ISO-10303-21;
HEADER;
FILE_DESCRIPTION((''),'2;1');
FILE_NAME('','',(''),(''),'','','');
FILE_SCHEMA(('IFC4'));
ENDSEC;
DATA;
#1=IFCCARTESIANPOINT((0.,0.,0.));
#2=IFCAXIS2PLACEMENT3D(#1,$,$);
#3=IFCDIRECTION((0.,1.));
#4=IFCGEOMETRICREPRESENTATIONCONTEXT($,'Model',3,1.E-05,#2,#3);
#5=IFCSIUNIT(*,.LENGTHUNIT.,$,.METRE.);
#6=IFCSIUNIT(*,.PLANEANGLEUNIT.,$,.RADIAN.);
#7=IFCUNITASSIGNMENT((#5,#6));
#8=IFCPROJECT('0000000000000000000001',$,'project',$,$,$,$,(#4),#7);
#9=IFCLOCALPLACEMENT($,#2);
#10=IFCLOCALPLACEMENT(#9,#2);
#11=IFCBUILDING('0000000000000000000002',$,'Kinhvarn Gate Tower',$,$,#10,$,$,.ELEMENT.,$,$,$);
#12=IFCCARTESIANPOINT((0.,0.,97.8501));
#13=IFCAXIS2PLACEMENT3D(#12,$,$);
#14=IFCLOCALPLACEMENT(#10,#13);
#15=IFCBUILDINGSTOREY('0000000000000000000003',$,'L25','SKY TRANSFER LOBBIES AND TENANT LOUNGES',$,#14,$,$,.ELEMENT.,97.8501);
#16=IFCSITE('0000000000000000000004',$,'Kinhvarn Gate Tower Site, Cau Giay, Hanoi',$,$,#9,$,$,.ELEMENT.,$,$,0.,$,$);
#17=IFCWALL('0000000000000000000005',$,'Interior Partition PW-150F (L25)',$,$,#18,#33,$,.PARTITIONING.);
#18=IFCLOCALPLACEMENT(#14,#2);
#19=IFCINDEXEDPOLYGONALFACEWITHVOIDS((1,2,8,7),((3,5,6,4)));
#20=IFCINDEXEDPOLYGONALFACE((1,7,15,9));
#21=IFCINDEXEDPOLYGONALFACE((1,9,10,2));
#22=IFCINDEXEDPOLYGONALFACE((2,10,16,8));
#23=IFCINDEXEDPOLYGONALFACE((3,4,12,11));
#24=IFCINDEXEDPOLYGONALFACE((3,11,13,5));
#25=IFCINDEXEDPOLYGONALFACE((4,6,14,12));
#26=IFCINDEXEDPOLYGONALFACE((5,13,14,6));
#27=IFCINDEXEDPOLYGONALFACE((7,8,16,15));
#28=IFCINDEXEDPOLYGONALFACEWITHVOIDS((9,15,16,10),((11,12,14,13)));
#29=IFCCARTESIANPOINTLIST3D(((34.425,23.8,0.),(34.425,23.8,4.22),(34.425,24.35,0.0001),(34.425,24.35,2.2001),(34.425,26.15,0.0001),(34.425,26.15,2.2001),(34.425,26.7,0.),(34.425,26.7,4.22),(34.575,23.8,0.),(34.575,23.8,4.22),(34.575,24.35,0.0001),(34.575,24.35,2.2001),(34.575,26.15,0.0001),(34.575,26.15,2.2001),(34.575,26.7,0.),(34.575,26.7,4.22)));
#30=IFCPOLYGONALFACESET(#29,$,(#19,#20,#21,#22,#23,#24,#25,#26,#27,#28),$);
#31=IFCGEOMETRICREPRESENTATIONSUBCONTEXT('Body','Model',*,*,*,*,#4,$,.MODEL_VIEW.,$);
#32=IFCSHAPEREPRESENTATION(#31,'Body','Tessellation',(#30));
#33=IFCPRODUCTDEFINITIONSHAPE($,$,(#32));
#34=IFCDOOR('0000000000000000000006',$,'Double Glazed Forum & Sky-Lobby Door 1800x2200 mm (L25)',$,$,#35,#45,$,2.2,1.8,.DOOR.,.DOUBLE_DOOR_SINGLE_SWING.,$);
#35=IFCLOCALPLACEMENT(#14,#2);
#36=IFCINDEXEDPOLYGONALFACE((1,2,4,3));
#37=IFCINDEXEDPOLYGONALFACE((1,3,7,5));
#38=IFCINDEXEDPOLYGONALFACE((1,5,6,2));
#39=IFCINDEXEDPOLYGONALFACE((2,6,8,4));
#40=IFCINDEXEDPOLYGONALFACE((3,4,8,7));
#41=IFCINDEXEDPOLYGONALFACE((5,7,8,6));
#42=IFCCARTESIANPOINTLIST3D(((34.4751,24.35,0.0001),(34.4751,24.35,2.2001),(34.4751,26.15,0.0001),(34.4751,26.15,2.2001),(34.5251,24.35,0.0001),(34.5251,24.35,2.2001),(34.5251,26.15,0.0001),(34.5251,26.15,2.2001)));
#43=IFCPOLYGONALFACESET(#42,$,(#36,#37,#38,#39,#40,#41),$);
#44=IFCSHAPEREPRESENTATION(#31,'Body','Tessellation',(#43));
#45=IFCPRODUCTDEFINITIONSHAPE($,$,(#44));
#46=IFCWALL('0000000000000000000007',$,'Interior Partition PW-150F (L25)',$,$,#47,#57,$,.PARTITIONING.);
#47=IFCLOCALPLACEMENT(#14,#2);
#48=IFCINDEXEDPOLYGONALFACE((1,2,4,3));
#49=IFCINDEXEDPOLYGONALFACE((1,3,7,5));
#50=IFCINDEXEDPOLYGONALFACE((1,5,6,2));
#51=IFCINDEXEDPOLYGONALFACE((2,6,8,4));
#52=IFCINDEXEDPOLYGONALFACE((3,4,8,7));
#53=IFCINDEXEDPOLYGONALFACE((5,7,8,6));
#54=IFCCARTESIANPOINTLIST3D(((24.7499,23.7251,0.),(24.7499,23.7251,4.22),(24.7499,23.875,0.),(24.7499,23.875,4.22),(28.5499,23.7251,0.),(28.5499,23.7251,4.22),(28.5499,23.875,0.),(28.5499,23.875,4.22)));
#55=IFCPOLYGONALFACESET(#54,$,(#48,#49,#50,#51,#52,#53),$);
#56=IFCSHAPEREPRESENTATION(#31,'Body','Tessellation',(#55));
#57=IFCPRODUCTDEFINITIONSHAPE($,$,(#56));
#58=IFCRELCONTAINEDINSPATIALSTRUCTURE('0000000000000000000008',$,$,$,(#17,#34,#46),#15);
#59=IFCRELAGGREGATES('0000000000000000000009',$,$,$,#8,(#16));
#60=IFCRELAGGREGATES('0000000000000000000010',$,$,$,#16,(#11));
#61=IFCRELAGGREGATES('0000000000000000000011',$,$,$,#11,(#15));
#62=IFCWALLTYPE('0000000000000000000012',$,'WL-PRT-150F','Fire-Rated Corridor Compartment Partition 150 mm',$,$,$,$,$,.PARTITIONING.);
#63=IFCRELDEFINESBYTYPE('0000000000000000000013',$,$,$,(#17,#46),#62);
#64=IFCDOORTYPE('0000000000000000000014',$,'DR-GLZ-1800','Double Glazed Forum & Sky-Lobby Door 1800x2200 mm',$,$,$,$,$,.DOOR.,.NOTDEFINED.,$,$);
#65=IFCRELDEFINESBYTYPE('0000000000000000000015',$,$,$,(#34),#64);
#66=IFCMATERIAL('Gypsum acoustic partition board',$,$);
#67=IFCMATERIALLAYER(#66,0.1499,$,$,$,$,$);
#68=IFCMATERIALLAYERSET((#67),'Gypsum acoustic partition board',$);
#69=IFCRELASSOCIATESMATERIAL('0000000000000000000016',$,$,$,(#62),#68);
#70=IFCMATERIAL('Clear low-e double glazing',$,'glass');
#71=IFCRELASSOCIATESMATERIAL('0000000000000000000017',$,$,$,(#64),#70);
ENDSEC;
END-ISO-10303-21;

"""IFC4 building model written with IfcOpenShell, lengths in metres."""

from ifc_helpers import new_model, si_unit, direction, frame, frame_2d, origin, place, context, subcontext, project, spatial, rectangle, extrude, material, layer, layer_set, type_object, element, fill, save


model = new_model("IFC4")

# Units and contexts
model_context = context("Model", 3, precision=1e-05, world=origin(), true_north=direction((0.0, 1.0)))
body_context = subcontext(model_context, "Body", "Model", "MODEL_VIEW")
ifc_project = project(units=[si_unit("LENGTHUNIT", "METRE"), si_unit("PLANEANGLEUNIT", "RADIAN")], contexts=[model_context])

# Site, building, storey
site_placement = place(None, origin())
site = spatial("IfcSite", under=ifc_project, at=site_placement, Name="Kinhvarn Gate Tower Site, Cau Giay, Hanoi", CompositionType="ELEMENT", RefElevation=0.0)
building_placement = place(site_placement, origin())
building = spatial("IfcBuilding", under=site, at=building_placement, Name="Kinhvarn Gate Tower", CompositionType="ELEMENT")
storey_placement = place(building_placement, frame((0.0, 0.0, 97.8501)))
storey = spatial("IfcBuildingStorey", under=building, at=storey_placement, Name="L25", Description="SKY TRANSFER LOBBIES AND TENANT LOUNGES", CompositionType="ELEMENT", Elevation=97.8501)

# Shared definitions
ifc_material_1 = material(Name="Gypsum acoustic partition board")

# Wall, opening, door
ifc_layer_1 = layer(ifc_material_1, 0.1499)
ifc_layer_set_1 = layer_set([ifc_layer_1], Name="Gypsum acoustic partition board")
wall_type_1 = type_object("IfcWallType", Name="WL-PRT-150F", Description="Fire-Rated Corridor Compartment Partition 150 mm", PredefinedType="PARTITIONING", material=ifc_layer_set_1)
wall_1_placement = place(storey_placement, frame((34.5, 23.8, 0.0), z_axis=(0.0, 0.0, 1.0), x_axis=(0.0, 1.0, 0.0)))
wall_1 = element("IfcWall", 1, at=wall_1_placement, inside=storey, type_object=wall_type_1, Name="Interior Partition PW-150F (L25)", PredefinedType="PARTITIONING", context=body_context, shape_type="SweptSolid", body=[
    extrude(rectangle(XDim=2.8999, YDim=0.1499, at=frame_2d((1.45, 0.0))), origin(), (0.0, 0.0, 1.0), 4.22),
])
opening_1_placement = place(wall_1_placement, frame((0.55, 0.0, 0.0)))
opening_1 = element("IfcOpeningElement", 2, at=opening_1_placement, cuts=wall_1, PredefinedType="OPENING", context=body_context, shape_type="SweptSolid", body=[
    extrude(rectangle(XDim=1.8, YDim=2.2, at=frame_2d((0.8999, 1.1001))), frame((0.0, 0.085, 0.0), z_axis=(0.0, -1.0, 0.0), x_axis=(1.0, 0.0, 0.0)), (0.0, 0.0, 1.0), 0.1699),
])
ifc_material_2 = material(Name="Clear low-e double glazing", Category="glass")
door_type_1 = type_object("IfcDoorType", Name="DR-GLZ-1800", Description="Double Glazed Forum & Sky-Lobby Door 1800x2200 mm", OperationType="NOTDEFINED", PredefinedType="DOOR", material=ifc_material_2)
door_1_placement = place(opening_1_placement, origin())
door_1 = element("IfcDoor", 3, at=door_1_placement, inside=storey, type_object=door_type_1, Name="Double Glazed Forum & Sky-Lobby Door 1800x2200 mm (L25)", OperationType="DOUBLE_DOOR_SINGLE_SWING", OverallHeight=2.2, OverallWidth=1.8, PredefinedType="DOOR", context=body_context, shape_type="SweptSolid", body=[
    extrude(rectangle(XDim=1.8, YDim=2.2, at=frame_2d((0.8999, 1.1001))), frame((0.0, 0.0249, 0.0), z_axis=(0.0, -1.0, 0.0), x_axis=(1.0, 0.0, 0.0)), (0.0, 0.0, 1.0), 0.05),
])
fill(opening_1, door_1)

# Wall
wall_2_placement = place(storey_placement, frame((24.75, 23.8, 0.0), z_axis=(0.0, 0.0, 1.0), x_axis=(1.0, 0.0, 0.0)))
element("IfcWall", 4, at=wall_2_placement, inside=storey, type_object=wall_type_1, Name="Interior Partition PW-150F (L25)", PredefinedType="PARTITIONING", context=body_context, shape_type="SweptSolid", body=[
    extrude(rectangle(XDim=3.8, YDim=0.1499, at=frame_2d((1.8999, 0.0))), origin(), (0.0, 0.0, 1.0), 4.22),
])

save(model, "model.ifc")
